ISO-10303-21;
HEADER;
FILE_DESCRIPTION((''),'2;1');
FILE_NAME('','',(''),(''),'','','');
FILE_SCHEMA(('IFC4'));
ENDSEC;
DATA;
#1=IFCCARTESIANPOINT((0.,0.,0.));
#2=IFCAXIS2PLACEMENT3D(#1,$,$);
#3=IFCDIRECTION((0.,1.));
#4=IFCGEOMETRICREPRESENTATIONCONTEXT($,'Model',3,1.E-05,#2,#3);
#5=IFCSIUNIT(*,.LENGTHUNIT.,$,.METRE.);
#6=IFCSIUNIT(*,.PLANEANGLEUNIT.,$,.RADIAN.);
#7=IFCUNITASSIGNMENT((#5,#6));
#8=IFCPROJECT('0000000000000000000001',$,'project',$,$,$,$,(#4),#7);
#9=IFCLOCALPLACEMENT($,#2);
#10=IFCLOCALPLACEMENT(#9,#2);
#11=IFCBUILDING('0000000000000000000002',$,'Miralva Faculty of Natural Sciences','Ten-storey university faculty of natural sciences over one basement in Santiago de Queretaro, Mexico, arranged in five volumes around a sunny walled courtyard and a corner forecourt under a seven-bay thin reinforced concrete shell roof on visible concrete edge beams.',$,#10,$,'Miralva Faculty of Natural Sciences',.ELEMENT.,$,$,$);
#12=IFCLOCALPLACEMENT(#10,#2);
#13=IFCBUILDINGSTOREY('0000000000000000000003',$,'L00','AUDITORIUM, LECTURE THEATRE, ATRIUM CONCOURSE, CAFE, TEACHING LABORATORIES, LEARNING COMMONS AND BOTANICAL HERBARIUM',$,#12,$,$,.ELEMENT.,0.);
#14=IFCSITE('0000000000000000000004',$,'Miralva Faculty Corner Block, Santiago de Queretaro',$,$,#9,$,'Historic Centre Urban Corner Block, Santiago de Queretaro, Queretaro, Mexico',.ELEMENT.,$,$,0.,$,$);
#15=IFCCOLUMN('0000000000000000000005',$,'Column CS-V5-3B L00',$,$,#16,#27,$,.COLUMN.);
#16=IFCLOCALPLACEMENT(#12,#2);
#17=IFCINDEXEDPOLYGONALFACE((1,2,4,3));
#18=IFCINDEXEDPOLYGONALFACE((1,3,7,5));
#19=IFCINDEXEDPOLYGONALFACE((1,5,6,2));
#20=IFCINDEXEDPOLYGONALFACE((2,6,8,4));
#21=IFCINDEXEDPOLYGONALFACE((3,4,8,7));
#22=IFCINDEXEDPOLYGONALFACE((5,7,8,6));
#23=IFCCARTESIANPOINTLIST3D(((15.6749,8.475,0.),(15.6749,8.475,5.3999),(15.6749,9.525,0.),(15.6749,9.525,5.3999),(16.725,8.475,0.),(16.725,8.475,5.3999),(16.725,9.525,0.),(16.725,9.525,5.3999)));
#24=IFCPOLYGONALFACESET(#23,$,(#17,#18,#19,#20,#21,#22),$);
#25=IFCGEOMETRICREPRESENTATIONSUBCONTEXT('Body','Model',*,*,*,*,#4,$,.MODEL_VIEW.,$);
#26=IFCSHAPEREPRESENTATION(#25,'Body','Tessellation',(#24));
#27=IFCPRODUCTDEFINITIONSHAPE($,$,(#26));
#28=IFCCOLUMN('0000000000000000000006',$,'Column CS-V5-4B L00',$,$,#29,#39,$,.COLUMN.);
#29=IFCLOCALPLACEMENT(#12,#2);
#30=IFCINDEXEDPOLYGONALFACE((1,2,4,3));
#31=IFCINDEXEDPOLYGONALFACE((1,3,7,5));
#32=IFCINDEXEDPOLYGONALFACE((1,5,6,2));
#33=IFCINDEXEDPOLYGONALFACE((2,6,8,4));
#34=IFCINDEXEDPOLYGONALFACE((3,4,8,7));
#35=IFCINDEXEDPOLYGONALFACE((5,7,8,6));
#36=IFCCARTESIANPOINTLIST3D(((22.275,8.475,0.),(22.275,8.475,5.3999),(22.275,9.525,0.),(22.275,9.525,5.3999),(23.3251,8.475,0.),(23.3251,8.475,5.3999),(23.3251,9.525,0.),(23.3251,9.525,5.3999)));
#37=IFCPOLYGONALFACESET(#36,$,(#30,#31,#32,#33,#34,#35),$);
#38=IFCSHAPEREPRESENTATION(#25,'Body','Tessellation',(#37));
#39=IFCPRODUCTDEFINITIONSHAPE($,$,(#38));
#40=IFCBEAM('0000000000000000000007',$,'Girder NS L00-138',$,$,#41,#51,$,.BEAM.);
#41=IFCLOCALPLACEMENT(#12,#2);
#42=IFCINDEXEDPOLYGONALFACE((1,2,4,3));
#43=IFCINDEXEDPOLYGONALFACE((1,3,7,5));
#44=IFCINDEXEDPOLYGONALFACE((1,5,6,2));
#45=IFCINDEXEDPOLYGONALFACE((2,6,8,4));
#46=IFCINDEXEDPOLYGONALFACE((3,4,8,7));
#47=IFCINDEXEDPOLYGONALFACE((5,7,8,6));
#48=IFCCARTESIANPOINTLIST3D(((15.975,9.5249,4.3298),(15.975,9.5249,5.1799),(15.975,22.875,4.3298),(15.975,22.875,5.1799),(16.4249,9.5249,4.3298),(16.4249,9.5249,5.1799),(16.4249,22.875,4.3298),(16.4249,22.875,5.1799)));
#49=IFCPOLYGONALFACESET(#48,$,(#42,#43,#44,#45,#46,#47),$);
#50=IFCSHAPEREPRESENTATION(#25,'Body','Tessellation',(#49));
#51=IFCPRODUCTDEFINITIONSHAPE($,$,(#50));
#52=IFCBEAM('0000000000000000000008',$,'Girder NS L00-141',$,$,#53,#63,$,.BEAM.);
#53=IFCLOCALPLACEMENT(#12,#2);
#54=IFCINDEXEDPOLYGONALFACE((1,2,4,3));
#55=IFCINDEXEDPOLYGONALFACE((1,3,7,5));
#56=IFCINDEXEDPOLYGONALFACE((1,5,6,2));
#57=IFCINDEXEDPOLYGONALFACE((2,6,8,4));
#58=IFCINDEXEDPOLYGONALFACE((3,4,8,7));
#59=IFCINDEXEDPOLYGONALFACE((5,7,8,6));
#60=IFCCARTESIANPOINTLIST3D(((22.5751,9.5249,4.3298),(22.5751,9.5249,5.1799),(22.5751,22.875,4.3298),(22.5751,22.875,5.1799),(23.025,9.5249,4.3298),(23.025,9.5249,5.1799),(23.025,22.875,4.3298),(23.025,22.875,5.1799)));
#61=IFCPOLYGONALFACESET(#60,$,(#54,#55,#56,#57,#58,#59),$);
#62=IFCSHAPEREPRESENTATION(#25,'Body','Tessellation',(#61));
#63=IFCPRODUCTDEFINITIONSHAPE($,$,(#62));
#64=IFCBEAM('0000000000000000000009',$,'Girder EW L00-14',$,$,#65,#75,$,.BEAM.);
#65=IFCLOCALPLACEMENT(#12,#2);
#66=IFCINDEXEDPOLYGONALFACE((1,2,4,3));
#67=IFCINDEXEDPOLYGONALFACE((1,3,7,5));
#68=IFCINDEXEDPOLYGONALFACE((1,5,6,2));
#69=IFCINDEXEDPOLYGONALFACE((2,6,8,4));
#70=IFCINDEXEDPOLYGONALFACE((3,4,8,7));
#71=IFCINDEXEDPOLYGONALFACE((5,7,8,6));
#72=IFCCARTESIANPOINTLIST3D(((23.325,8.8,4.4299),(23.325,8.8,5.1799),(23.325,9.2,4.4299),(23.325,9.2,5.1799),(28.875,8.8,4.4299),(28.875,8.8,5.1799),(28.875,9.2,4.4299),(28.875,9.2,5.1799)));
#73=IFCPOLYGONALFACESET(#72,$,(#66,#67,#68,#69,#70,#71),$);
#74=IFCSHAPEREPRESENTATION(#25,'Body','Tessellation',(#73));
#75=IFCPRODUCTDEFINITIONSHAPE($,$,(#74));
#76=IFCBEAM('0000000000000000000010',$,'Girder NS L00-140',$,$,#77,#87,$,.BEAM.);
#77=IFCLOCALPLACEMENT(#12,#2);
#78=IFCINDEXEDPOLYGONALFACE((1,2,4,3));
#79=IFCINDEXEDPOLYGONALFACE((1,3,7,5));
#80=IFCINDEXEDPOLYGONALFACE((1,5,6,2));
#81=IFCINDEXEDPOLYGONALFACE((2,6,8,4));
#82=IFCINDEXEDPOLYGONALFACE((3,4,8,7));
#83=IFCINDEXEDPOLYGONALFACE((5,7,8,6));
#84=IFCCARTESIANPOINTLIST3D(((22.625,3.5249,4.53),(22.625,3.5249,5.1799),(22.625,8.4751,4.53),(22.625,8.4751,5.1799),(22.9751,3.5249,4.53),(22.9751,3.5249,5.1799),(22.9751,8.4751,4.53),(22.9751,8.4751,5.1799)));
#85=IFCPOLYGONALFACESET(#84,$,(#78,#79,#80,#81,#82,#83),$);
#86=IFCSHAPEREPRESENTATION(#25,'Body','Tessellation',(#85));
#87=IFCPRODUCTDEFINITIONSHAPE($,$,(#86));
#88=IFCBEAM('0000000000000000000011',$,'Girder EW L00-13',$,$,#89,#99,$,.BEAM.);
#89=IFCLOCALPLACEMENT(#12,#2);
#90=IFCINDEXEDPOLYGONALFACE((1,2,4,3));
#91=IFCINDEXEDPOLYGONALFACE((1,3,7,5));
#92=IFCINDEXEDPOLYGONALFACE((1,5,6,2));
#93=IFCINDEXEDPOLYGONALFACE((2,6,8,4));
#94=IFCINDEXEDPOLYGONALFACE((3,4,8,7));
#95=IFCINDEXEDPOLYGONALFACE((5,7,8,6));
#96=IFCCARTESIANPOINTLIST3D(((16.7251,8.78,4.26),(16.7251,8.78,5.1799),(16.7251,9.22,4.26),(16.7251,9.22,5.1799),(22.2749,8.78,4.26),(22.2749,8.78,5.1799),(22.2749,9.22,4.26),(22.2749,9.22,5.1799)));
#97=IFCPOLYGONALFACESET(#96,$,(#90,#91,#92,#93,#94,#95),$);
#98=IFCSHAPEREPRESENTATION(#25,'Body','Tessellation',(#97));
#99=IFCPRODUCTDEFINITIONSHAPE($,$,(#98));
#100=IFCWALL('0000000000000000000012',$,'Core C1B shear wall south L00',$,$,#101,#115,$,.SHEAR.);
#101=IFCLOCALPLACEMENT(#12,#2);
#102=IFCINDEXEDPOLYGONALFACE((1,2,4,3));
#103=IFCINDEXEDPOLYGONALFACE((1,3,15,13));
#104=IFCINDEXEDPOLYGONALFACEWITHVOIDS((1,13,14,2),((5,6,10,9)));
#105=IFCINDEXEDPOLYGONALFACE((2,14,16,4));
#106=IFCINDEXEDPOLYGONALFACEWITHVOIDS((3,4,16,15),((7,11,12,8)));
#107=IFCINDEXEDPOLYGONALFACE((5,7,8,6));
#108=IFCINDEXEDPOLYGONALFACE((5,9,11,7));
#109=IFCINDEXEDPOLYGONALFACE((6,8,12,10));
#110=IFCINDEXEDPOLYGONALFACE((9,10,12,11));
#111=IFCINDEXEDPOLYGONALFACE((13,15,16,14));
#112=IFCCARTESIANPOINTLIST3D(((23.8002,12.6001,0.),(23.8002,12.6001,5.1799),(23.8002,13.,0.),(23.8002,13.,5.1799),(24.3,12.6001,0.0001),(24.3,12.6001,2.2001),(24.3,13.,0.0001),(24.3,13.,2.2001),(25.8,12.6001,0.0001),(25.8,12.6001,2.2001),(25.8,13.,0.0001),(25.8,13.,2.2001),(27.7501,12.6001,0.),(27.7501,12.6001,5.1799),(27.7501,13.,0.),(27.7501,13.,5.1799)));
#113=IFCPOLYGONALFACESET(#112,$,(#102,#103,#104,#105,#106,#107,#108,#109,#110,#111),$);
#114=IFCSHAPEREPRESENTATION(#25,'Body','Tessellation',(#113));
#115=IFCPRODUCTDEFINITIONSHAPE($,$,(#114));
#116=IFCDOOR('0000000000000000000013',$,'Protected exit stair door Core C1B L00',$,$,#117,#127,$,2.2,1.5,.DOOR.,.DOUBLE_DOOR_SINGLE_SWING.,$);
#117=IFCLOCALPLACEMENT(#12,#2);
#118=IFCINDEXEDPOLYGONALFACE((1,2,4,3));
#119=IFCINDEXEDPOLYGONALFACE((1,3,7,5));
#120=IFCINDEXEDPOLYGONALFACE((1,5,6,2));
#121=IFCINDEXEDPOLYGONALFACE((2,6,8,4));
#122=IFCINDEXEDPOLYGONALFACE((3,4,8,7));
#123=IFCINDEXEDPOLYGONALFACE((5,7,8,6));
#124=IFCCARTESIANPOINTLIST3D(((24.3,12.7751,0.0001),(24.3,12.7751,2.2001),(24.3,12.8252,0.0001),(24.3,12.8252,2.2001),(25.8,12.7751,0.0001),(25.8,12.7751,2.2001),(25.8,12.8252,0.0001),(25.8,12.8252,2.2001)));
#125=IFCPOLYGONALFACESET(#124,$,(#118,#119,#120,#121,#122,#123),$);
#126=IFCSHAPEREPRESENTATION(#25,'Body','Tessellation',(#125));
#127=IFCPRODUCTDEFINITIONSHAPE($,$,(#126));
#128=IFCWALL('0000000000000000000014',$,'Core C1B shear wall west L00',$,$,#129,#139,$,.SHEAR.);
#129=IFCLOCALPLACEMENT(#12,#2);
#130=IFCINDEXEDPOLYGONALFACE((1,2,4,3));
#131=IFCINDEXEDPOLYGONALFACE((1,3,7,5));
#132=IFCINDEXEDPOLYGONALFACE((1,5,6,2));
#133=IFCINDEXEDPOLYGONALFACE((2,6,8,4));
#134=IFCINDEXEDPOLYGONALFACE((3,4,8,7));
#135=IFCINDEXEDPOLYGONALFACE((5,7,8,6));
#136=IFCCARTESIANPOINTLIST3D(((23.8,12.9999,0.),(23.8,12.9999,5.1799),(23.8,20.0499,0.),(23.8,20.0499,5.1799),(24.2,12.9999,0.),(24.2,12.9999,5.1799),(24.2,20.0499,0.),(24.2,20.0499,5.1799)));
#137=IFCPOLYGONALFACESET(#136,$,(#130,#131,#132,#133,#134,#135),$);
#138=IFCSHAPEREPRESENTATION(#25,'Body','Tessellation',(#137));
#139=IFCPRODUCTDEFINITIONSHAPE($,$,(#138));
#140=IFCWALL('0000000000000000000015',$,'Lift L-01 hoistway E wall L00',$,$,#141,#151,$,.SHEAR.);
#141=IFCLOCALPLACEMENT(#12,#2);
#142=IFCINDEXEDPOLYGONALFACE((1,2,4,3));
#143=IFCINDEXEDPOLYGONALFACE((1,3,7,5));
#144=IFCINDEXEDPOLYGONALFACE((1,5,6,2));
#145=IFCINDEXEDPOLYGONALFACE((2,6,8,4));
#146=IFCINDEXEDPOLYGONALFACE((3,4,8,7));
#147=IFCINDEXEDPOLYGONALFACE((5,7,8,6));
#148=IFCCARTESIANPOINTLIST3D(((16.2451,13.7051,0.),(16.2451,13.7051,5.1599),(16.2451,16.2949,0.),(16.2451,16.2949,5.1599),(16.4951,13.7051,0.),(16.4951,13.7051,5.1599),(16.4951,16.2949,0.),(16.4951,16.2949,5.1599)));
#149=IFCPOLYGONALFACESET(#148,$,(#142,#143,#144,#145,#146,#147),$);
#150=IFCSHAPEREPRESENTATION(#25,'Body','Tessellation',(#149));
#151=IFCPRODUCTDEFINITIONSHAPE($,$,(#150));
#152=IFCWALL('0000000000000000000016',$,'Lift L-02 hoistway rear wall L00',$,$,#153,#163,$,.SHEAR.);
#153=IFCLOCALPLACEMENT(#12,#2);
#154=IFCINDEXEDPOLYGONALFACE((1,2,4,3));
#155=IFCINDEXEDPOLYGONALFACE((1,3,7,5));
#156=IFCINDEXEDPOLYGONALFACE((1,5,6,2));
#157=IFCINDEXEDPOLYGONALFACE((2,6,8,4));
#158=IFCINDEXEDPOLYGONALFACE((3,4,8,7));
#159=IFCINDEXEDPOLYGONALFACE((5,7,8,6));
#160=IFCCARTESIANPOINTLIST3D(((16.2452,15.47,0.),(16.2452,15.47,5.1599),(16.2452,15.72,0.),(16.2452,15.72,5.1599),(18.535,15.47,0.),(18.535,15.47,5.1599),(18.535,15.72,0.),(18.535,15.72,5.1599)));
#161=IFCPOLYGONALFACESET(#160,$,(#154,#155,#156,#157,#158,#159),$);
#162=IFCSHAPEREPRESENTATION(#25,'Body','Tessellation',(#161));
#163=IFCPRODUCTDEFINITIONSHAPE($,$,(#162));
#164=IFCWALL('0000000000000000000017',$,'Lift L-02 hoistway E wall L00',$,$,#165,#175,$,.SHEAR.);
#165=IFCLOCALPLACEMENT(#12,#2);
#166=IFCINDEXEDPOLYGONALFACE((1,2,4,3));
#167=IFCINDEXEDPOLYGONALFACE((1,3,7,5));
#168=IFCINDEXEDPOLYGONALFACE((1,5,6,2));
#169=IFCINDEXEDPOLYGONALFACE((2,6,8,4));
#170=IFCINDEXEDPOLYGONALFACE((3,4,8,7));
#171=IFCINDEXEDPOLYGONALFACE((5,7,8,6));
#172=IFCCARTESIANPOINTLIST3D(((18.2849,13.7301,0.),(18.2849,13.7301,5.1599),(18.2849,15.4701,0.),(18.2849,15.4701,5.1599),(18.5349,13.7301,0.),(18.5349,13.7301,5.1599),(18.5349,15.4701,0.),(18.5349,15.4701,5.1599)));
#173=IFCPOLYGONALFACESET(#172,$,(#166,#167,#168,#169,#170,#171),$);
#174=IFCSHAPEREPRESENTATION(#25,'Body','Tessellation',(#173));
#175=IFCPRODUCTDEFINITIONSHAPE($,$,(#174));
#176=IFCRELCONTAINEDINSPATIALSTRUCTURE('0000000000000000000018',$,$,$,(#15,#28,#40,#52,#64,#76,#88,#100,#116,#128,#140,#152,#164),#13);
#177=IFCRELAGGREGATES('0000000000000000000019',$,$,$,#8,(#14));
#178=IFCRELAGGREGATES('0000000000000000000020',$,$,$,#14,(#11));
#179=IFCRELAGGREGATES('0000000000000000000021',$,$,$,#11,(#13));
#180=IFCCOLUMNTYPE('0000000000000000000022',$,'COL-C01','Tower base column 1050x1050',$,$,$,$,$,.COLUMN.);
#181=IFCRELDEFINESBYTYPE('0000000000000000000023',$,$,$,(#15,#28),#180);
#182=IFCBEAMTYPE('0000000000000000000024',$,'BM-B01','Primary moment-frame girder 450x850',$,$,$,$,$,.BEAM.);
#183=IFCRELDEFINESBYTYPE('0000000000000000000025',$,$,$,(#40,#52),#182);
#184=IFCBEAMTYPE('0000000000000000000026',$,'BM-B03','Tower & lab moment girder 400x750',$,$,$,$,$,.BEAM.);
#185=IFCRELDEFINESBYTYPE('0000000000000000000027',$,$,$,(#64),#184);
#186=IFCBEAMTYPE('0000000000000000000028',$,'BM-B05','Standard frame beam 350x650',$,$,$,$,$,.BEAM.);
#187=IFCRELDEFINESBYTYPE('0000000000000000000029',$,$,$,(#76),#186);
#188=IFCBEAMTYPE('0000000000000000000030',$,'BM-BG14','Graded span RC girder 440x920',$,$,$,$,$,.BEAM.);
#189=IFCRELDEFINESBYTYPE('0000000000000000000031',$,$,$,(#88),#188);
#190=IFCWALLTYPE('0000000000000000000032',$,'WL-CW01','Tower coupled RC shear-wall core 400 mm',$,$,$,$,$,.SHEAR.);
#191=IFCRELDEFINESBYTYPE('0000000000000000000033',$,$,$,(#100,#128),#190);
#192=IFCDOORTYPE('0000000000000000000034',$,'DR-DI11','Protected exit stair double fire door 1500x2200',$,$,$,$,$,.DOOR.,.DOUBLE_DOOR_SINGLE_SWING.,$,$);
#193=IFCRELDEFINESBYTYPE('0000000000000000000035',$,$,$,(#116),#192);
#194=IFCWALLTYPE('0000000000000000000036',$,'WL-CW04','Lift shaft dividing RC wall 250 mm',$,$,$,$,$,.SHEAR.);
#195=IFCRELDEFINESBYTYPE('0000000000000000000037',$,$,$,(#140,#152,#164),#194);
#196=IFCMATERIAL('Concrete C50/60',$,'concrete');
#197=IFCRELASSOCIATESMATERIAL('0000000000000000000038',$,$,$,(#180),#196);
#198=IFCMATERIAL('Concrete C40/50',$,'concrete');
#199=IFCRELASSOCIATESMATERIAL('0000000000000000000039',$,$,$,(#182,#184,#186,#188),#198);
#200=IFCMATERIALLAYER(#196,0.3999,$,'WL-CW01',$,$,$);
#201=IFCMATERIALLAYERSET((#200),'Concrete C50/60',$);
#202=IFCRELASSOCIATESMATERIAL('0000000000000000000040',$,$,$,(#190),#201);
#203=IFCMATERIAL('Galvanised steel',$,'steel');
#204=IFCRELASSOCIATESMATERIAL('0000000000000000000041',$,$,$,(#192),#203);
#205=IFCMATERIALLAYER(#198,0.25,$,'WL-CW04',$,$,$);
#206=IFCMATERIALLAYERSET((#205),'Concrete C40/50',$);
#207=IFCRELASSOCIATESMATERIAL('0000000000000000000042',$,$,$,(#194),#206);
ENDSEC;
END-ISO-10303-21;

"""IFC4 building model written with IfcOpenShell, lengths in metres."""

from ifc_helpers import new_model, si_unit, direction, frame, frame_2d, origin, origin_2d, place, context, subcontext, project, spatial, rectangle, extrude, material, layer, layer_set, material_profile, profile_set, type_object, element, fill, save


model = new_model("IFC4")

# Units and contexts
model_context = context("Model", 3, precision=1e-05, world=origin(), true_north=direction((0.0, 1.0)))
body_context = subcontext(model_context, "Body", "Model", "MODEL_VIEW")
ifc_project = project(units=[si_unit("LENGTHUNIT", "METRE"), si_unit("PLANEANGLEUNIT", "RADIAN")], contexts=[model_context])

# Site, building, storey
site_placement = place(None, origin())
site = spatial("IfcSite", under=ifc_project, at=site_placement, Name="Miralva Faculty Corner Block, Santiago de Queretaro", LongName="Historic Centre Urban Corner Block, Santiago de Queretaro, Queretaro, Mexico", CompositionType="ELEMENT", RefElevation=0.0)
building_placement = place(site_placement, origin())
building = spatial("IfcBuilding", under=site, at=building_placement, Name="Miralva Faculty of Natural Sciences", Description="Ten-storey university faculty of natural sciences over one basement in Santiago de Queretaro, Mexico, arranged in five volumes around a sunny walled courtyard and a corner forecourt under a seven-bay thin reinforced concrete shell roof on visible concrete edge beams.", LongName="Miralva Faculty of Natural Sciences", CompositionType="ELEMENT")
storey_placement = place(building_placement, origin())
storey = spatial("IfcBuildingStorey", under=building, at=storey_placement, Name="L00", Description="AUDITORIUM, LECTURE THEATRE, ATRIUM CONCOURSE, CAFE, TEACHING LABORATORIES, LEARNING COMMONS AND BOTANICAL HERBARIUM", CompositionType="ELEMENT", Elevation=0.0)

# Columns
ifc_material_1 = material(Name="Concrete C50/60", Category="concrete")
ifc_material_profile_1 = material_profile(ifc_material_1, rectangle(XDim=1.05, YDim=1.05, at=origin_2d()), Name="RC 1050x1050")
ifc_profile_set_1 = profile_set([ifc_material_profile_1], Name="Concrete C50/60")
column_type = type_object("IfcColumnType", Name="COL-C01", Description="Tower base column 1050x1050", PredefinedType="COLUMN", material=ifc_profile_set_1)
for number, where, z_axis, x_axis, name in (
    (1, (16.2, 9.0, 0.0), (0.0, 0.0, 1.0), (1.0, 0.0, 0.0), "Column CS-V5-3B L00"),
    (2, (22.8, 9.0, 0.0), (0.0, 0.0, 1.0), (1.0, 0.0, 0.0), "Column CS-V5-4B L00"),
):
    element("IfcColumn", number, at=place(storey_placement, frame(where, z_axis=z_axis, x_axis=x_axis)), inside=storey, type_object=column_type, Name=name, PredefinedType="COLUMN", context=body_context, shape_type="SweptSolid", body=[
        extrude(rectangle(XDim=1.05, YDim=1.05, at=origin_2d()), origin(), (0.0, 0.0, 1.0), 5.3999),
    ])

# Beams
ifc_material_2 = material(Name="Concrete C40/50", Category="concrete")
ifc_material_profile_2 = material_profile(ifc_material_2, rectangle(XDim=0.45, YDim=0.8501, at=origin_2d()), Name="RC 450x850")
ifc_profile_set_2 = profile_set([ifc_material_profile_2], Name="Concrete C40/50")
beam_type_1 = type_object("IfcBeamType", Name="BM-B01", Description="Primary moment-frame girder 450x850", PredefinedType="BEAM", material=ifc_profile_set_2)
for number, where, z_axis, x_axis, name in (
    (3, (16.2, 9.5249, 4.7549), (0.0, 1.0, 0.0), (-1.0, 0.0, 0.0), "Girder NS L00-138"),
    (4, (22.8, 9.5249, 4.7549), (0.0, 1.0, 0.0), (-1.0, 0.0, 0.0), "Girder NS L00-141"),
):
    element("IfcBeam", number, at=place(storey_placement, frame(where, z_axis=z_axis, x_axis=x_axis)), inside=storey, type_object=beam_type_1, Name=name, PredefinedType="BEAM", context=body_context, shape_type="SweptSolid", body=[
        extrude(rectangle(XDim=0.45, YDim=0.8501, at=origin_2d()), origin(), (0.0, 0.0, 1.0), 13.3501),
    ])
ifc_material_profile_3 = material_profile(ifc_material_2, rectangle(XDim=0.3999, YDim=0.75, at=origin_2d()), Name="RC 400x750")
ifc_profile_set_3 = profile_set([ifc_material_profile_3], Name="Concrete C40/50")
beam_type_2 = type_object("IfcBeamType", Name="BM-B03", Description="Tower & lab moment girder 400x750", PredefinedType="BEAM", material=ifc_profile_set_3)
beam_1_placement = place(storey_placement, frame((23.325, 9.0, 4.8049), z_axis=(1.0, 0.0, 0.0), x_axis=(0.0, 1.0, 0.0)))
element("IfcBeam", 5, at=beam_1_placement, inside=storey, type_object=beam_type_2, Name="Girder EW L00-14", PredefinedType="BEAM", context=body_context, shape_type="SweptSolid", body=[
    extrude(rectangle(XDim=0.3999, YDim=0.75, at=origin_2d()), origin(), (0.0, 0.0, 1.0), 5.55),
])
ifc_material_profile_4 = material_profile(ifc_material_2, rectangle(XDim=0.3501, YDim=0.6499, at=origin_2d()), Name="RC 350x650")
ifc_profile_set_4 = profile_set([ifc_material_profile_4], Name="Concrete C40/50")
beam_type_3 = type_object("IfcBeamType", Name="BM-B05", Description="Standard frame beam 350x650", PredefinedType="BEAM", material=ifc_profile_set_4)
beam_2_placement = place(storey_placement, frame((22.8, 3.5249, 4.855), z_axis=(0.0, 1.0, 0.0), x_axis=(-1.0, 0.0, 0.0)))
element("IfcBeam", 6, at=beam_2_placement, inside=storey, type_object=beam_type_3, Name="Girder NS L00-140", PredefinedType="BEAM", context=body_context, shape_type="SweptSolid", body=[
    extrude(rectangle(XDim=0.3501, YDim=0.6499, at=origin_2d()), origin(), (0.0, 0.0, 1.0), 4.9502),
])
ifc_material_profile_5 = material_profile(ifc_material_2, rectangle(XDim=0.4399, YDim=0.9199, at=origin_2d()), Name="RC 440x920")
ifc_profile_set_5 = profile_set([ifc_material_profile_5], Name="Concrete C40/50")
beam_type_4 = type_object("IfcBeamType", Name="BM-BG14", Description="Graded span RC girder 440x920", PredefinedType="BEAM", material=ifc_profile_set_5)
beam_3_placement = place(storey_placement, frame((16.7251, 9.0, 4.72), z_axis=(1.0, 0.0, 0.0), x_axis=(0.0, 1.0, 0.0)))
element("IfcBeam", 7, at=beam_3_placement, inside=storey, type_object=beam_type_4, Name="Girder EW L00-13", PredefinedType="BEAM", context=body_context, shape_type="SweptSolid", body=[
    extrude(rectangle(XDim=0.4399, YDim=0.9199, at=origin_2d()), origin(), (0.0, 0.0, 1.0), 5.5498),
])

# Wall, opening, door
ifc_layer_1 = layer(ifc_material_1, 0.3999, Name="WL-CW01")
ifc_layer_set_1 = layer_set([ifc_layer_1], Name="Concrete C50/60")
wall_type_1 = type_object("IfcWallType", Name="WL-CW01", Description="Tower coupled RC shear-wall core 400 mm", PredefinedType="SHEAR", material=ifc_layer_set_1)
wall_1_placement = place(storey_placement, frame((23.8, 12.8, 0.0), z_axis=(0.0, 0.0, 1.0), x_axis=(1.0, 0.0, 0.0)))
wall_1 = element("IfcWall", 8, at=wall_1_placement, inside=storey, type_object=wall_type_1, Name="Core C1B shear wall south L00", PredefinedType="SHEAR", context=body_context, shape_type="SweptSolid", body=[
    extrude(rectangle(XDim=3.95, YDim=0.3999, at=frame_2d((1.9751, 0.0))), origin(), (0.0, 0.0, 1.0), 5.1799),
])
opening_1_placement = place(wall_1_placement, frame((0.5, 0.0, 0.0)))
opening_1 = element("IfcOpeningElement", 9, at=opening_1_placement, cuts=wall_1, PredefinedType="OPENING", context=body_context, shape_type="SweptSolid", body=[
    extrude(rectangle(XDim=1.5, YDim=2.2, at=frame_2d((0.75, 1.1001))), frame((0.0, 0.21, 0.0), z_axis=(0.0, -1.0, 0.0), x_axis=(1.0, 0.0, 0.0)), (0.0, 0.0, 1.0), 0.4199),
])
ifc_material_3 = material(Name="Galvanised steel", Category="steel")
door_type_1 = type_object("IfcDoorType", Name="DR-DI11", Description="Protected exit stair double fire door 1500x2200", OperationType="DOUBLE_DOOR_SINGLE_SWING", PredefinedType="DOOR", material=ifc_material_3)
door_1_placement = place(opening_1_placement, frame((1.5, 0.0, 0.0), z_axis=(0.0, 0.0, 1.0), x_axis=(-1.0, 0.0, 0.0)))
door_1 = element("IfcDoor", 10, at=door_1_placement, inside=storey, type_object=door_type_1, Name="Protected exit stair door Core C1B L00", OperationType="DOUBLE_DOOR_SINGLE_SWING", OverallHeight=2.2, OverallWidth=1.5, PredefinedType="DOOR", context=body_context, shape_type="SweptSolid", body=[
    extrude(rectangle(XDim=1.5, YDim=2.2, at=frame_2d((0.75, 1.1001))), frame((0.0, 0.0249, 0.0), z_axis=(0.0, -1.0, 0.0), x_axis=(1.0, 0.0, 0.0)), (0.0, 0.0, 1.0), 0.05),
])
fill(opening_1, door_1)

# Walls
wall_2_placement = place(storey_placement, frame((24.0, 13.0, 0.0), z_axis=(0.0, 0.0, 1.0), x_axis=(0.0, 1.0, 0.0)))
element("IfcWall", 11, at=wall_2_placement, inside=storey, type_object=wall_type_1, Name="Core C1B shear wall west L00", PredefinedType="SHEAR", context=body_context, shape_type="SweptSolid", body=[
    extrude(rectangle(XDim=7.05, YDim=0.3999, at=frame_2d((3.5249, 0.0))), origin(), (0.0, 0.0, 1.0), 5.1799),
])
ifc_layer_2 = layer(ifc_material_2, 0.25, Name="WL-CW04")
ifc_layer_set_2 = layer_set([ifc_layer_2], Name="Concrete C40/50")
wall_type_2 = type_object("IfcWallType", Name="WL-CW04", Description="Lift shaft dividing RC wall 250 mm", PredefinedType="SHEAR", material=ifc_layer_set_2)
wall_3_placement = place(storey_placement, frame((16.3701, 13.7051, 0.0), z_axis=(0.0, 0.0, 1.0), x_axis=(0.0, 1.0, 0.0)))
element("IfcWall", 12, at=wall_3_placement, inside=storey, type_object=wall_type_2, Name="Lift L-01 hoistway E wall L00", PredefinedType="SHEAR", context=body_context, shape_type="SweptSolid", body=[
    extrude(rectangle(XDim=2.5898, YDim=0.25, at=frame_2d((1.2949, 0.0))), origin(), (0.0, 0.0, 1.0), 5.1599),
])

# Walls
wall_4_placement = place(storey_placement, frame((16.2451, 15.595, 0.0), z_axis=(0.0, 0.0, 1.0), x_axis=(1.0, 0.0, 0.0)))
element("IfcWall", 13, at=wall_4_placement, inside=storey, type_object=wall_type_2, Name="Lift L-02 hoistway rear wall L00", PredefinedType="SHEAR", context=body_context, shape_type="SweptSolid", body=[
    extrude(rectangle(XDim=2.2898, YDim=0.25, at=frame_2d((1.145, 0.0))), origin(), (0.0, 0.0, 1.0), 5.1599),
])
wall_5_placement = place(storey_placement, frame((18.4099, 13.73, 0.0), z_axis=(0.0, 0.0, 1.0), x_axis=(0.0, 1.0, 0.0)))
element("IfcWall", 14, at=wall_5_placement, inside=storey, type_object=wall_type_2, Name="Lift L-02 hoistway E wall L00", PredefinedType="SHEAR", context=body_context, shape_type="SweptSolid", body=[
    extrude(rectangle(XDim=1.74, YDim=0.25, at=frame_2d((0.8701, 0.0))), origin(), (0.0, 0.0, 1.0), 5.1599),
])

save(model, "model.ifc")
